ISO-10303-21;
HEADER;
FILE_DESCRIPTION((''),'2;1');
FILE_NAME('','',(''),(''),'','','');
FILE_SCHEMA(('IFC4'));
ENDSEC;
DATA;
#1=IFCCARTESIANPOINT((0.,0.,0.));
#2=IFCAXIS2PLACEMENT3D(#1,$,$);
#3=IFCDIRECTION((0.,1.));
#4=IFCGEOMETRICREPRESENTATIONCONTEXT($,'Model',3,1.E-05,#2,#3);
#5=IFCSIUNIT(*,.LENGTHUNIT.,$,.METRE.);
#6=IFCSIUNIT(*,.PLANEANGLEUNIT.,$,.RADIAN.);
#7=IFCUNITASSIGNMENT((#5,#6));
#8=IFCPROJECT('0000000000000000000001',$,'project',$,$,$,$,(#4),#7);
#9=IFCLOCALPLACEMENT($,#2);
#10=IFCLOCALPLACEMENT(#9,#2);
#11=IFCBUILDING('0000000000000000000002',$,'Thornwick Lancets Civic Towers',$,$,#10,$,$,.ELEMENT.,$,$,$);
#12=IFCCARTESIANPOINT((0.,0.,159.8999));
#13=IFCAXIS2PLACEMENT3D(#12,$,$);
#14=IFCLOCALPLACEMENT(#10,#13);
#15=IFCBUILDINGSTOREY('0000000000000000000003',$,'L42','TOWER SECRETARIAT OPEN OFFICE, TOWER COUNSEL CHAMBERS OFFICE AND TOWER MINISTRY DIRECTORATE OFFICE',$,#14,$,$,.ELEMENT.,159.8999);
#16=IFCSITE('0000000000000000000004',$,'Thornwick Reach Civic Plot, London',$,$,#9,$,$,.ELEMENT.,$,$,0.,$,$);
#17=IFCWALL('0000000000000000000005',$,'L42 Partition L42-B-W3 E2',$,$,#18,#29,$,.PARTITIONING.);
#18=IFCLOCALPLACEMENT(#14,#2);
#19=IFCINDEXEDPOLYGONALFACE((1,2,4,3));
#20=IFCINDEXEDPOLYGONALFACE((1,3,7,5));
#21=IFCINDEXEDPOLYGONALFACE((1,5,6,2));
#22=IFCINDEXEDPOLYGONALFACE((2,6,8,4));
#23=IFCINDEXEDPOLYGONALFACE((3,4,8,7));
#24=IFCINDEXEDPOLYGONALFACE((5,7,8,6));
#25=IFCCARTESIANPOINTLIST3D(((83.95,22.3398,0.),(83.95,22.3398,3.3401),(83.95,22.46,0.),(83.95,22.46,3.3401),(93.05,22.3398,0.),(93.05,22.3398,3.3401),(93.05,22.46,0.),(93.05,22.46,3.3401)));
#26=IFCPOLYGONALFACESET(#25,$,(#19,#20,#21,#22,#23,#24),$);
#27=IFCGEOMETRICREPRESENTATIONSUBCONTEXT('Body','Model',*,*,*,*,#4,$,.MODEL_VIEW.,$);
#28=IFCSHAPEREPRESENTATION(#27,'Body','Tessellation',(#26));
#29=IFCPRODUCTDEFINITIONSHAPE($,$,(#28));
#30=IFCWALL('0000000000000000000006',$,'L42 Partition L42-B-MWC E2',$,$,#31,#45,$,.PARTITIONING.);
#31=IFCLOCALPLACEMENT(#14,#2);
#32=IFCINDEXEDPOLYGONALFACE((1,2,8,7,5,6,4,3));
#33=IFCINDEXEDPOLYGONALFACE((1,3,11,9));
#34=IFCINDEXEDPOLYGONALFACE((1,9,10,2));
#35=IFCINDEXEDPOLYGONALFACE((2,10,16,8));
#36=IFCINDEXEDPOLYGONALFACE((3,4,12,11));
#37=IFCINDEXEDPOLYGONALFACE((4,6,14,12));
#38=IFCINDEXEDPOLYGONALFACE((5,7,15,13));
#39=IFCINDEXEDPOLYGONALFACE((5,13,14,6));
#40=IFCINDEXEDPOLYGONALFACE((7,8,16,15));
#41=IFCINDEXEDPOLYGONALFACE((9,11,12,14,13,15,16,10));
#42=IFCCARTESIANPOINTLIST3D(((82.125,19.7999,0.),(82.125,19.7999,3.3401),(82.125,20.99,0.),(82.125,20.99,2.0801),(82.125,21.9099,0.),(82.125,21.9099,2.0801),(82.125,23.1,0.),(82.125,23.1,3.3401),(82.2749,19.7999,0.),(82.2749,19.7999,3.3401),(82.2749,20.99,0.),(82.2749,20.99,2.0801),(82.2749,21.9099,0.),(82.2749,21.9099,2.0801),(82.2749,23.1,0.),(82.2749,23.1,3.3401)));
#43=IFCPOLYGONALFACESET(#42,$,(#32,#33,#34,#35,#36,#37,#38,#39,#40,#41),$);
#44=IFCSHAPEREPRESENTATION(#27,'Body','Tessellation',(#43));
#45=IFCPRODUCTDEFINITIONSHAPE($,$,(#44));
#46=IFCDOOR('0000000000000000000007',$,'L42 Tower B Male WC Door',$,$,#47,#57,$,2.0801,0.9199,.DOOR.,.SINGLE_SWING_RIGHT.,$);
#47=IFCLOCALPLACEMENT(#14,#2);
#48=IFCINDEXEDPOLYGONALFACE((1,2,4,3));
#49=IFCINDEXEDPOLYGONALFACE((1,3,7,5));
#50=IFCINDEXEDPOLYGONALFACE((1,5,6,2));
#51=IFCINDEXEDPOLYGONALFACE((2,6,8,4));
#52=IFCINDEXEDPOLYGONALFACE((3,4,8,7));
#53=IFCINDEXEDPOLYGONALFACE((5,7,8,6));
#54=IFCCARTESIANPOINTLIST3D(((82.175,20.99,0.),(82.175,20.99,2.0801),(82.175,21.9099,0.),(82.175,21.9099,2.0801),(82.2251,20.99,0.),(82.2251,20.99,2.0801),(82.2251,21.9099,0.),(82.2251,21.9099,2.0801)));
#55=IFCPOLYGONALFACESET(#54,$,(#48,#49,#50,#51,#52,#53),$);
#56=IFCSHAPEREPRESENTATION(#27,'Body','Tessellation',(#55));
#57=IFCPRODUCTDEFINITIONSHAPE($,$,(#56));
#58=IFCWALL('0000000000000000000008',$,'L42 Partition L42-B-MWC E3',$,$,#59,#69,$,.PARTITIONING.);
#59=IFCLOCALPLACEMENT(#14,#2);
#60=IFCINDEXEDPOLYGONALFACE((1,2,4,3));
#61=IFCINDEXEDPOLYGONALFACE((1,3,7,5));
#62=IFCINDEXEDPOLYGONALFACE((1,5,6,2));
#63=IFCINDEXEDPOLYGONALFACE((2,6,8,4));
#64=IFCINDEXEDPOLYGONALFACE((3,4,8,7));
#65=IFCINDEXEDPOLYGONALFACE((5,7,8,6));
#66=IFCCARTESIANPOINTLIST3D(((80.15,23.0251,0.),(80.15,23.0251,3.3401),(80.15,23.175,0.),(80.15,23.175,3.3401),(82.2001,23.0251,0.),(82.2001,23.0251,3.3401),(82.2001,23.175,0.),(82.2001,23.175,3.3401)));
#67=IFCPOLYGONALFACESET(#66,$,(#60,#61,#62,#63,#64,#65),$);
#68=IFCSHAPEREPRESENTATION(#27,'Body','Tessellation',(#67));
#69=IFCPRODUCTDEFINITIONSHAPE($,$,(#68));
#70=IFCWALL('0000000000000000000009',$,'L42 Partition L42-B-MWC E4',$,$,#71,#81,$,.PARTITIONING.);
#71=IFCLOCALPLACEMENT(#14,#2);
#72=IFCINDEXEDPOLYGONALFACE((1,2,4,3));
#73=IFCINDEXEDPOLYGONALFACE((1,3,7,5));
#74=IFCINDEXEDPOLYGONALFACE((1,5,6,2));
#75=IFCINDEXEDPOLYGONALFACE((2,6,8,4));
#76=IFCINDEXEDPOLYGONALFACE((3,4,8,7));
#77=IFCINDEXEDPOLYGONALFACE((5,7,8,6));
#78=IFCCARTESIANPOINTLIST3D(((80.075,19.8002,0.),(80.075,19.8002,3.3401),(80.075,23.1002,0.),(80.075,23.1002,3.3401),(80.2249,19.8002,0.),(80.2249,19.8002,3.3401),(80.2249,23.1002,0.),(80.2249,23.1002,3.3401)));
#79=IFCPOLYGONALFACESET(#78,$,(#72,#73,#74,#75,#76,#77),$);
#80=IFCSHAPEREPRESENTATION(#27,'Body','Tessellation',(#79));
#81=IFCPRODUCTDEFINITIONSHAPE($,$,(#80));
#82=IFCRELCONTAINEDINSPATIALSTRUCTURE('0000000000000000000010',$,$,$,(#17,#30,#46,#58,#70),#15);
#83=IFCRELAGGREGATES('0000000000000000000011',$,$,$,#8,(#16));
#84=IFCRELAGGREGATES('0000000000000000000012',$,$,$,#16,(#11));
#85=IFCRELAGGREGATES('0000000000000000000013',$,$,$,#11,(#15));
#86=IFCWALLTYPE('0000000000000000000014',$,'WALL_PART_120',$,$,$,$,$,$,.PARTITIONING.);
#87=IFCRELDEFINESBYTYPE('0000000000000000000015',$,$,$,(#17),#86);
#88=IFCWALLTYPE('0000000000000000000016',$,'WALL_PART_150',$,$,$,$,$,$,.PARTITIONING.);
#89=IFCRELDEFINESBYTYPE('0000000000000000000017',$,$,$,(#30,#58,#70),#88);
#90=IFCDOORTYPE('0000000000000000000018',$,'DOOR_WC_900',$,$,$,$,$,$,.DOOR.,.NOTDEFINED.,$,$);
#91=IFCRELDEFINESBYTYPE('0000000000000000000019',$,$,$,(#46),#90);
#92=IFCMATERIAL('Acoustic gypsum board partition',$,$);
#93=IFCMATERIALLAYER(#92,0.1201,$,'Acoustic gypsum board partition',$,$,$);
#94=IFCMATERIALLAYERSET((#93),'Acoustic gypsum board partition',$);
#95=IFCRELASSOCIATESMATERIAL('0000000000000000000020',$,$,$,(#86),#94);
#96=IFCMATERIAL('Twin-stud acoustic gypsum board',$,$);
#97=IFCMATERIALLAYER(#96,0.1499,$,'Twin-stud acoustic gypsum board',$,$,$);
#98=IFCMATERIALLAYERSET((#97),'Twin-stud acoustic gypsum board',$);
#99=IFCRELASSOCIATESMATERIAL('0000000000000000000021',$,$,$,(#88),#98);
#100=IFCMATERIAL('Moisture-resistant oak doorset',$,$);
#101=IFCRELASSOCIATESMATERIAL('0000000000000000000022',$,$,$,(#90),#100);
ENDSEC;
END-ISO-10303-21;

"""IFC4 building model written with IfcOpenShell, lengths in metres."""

from ifc_helpers import new_model, si_unit, direction, frame, frame_2d, origin, place, context, subcontext, project, spatial, rectangle, extrude, material, layer, layer_set, type_object, element, fill, save


model = new_model("IFC4")

# Units and contexts
model_context = context("Model", 3, precision=1e-05, world=origin(), true_north=direction((0.0, 1.0)))
body_context = subcontext(model_context, "Body", "Model", "MODEL_VIEW")
ifc_project = project(units=[si_unit("LENGTHUNIT", "METRE"), si_unit("PLANEANGLEUNIT", "RADIAN")], contexts=[model_context])

# Site, building, storey
site_placement = place(None, origin())
site = spatial("IfcSite", under=ifc_project, at=site_placement, Name="Thornwick Reach Civic Plot, London", CompositionType="ELEMENT", RefElevation=0.0)
building_placement = place(site_placement, origin())
building = spatial("IfcBuilding", under=site, at=building_placement, Name="Thornwick Lancets Civic Towers", CompositionType="ELEMENT")
storey_placement = place(building_placement, frame((0.0, 0.0, 159.8999)))
storey = spatial("IfcBuildingStorey", under=building, at=storey_placement, Name="L42", Description="TOWER SECRETARIAT OPEN OFFICE, TOWER COUNSEL CHAMBERS OFFICE AND TOWER MINISTRY DIRECTORATE OFFICE", CompositionType="ELEMENT", Elevation=159.8999)

# Shared definitions
ifc_material_1 = material(Name="Acoustic gypsum board partition")
ifc_layer_1 = layer(ifc_material_1, 0.1201, Name="Acoustic gypsum board partition")
ifc_layer_set_1 = layer_set([ifc_layer_1], Name="Acoustic gypsum board partition")
wall_type_1 = type_object("IfcWallType", Name="WALL_PART_120", PredefinedType="PARTITIONING", material=ifc_layer_set_1)

# Wall
wall_1_placement = place(storey_placement, frame((83.95, 22.3999, 0.0), z_axis=(0.0, 0.0, 1.0), x_axis=(1.0, 0.0, 0.0)))
element("IfcWall", 1, at=wall_1_placement, inside=storey, type_object=wall_type_1, Name="L42 Partition L42-B-W3 E2", PredefinedType="PARTITIONING", context=body_context, shape_type="SweptSolid", body=[
    extrude(rectangle(XDim=9.1001, YDim=0.1201, at=frame_2d((4.55, 0.0))), origin(), (0.0, 0.0, 1.0), 3.3401),
])

# Wall, opening, door
ifc_material_2 = material(Name="Twin-stud acoustic gypsum board")
ifc_layer_2 = layer(ifc_material_2, 0.1499, Name="Twin-stud acoustic gypsum board")
ifc_layer_set_2 = layer_set([ifc_layer_2], Name="Twin-stud acoustic gypsum board")
wall_type_2 = type_object("IfcWallType", Name="WALL_PART_150", PredefinedType="PARTITIONING", material=ifc_layer_set_2)
wall_2_placement = place(storey_placement, frame((82.2, 19.8, 0.0), z_axis=(0.0, 0.0, 1.0), x_axis=(0.0, 1.0, 0.0)))
wall_2 = element("IfcWall", 2, at=wall_2_placement, inside=storey, type_object=wall_type_2, Name="L42 Partition L42-B-MWC E2", PredefinedType="PARTITIONING", context=body_context, shape_type="SweptSolid", body=[
    extrude(rectangle(XDim=3.3, YDim=0.1499, at=frame_2d((1.6499, 0.0))), origin(), (0.0, 0.0, 1.0), 3.3401),
])
opening_1_placement = place(wall_2_placement, frame((1.1899, 0.0, 0.0)))
opening_1 = element("IfcOpeningElement", 3, at=opening_1_placement, cuts=wall_2, PredefinedType="OPENING", context=body_context, shape_type="SweptSolid", body=[
    extrude(rectangle(XDim=0.9199, YDim=2.0801, at=frame_2d((0.46, 1.04))), frame((0.0, 0.085, 0.0), z_axis=(0.0, -1.0, 0.0), x_axis=(1.0, 0.0, 0.0)), (0.0, 0.0, 1.0), 0.1699),
])
ifc_material_3 = material(Name="Moisture-resistant oak doorset")
door_type_1 = type_object("IfcDoorType", Name="DOOR_WC_900", OperationType="NOTDEFINED", PredefinedType="DOOR", material=ifc_material_3)
door_1_placement = place(opening_1_placement, origin())
door_1 = element("IfcDoor", 4, at=door_1_placement, inside=storey, type_object=door_type_1, Name="L42 Tower B Male WC Door", OperationType="SINGLE_SWING_RIGHT", OverallHeight=2.0801, OverallWidth=0.9199, PredefinedType="DOOR", context=body_context, shape_type="SweptSolid", body=[
    extrude(rectangle(XDim=0.9199, YDim=2.0801, at=frame_2d((0.46, 1.04))), frame((0.0, 0.0249, 0.0), z_axis=(0.0, -1.0, 0.0), x_axis=(1.0, 0.0, 0.0)), (0.0, 0.0, 1.0), 0.05),
])
fill(opening_1, door_1)

# Walls
wall_3_placement = place(storey_placement, frame((82.2, 23.1001, 0.0), z_axis=(0.0, 0.0, 1.0), x_axis=(-1.0, 0.0, 0.0)))
element("IfcWall", 5, at=wall_3_placement, inside=storey, type_object=wall_type_2, Name="L42 Partition L42-B-MWC E3", PredefinedType="PARTITIONING", context=body_context, shape_type="SweptSolid", body=[
    extrude(rectangle(XDim=2.05, YDim=0.1499, at=frame_2d((1.0249, 0.0))), origin(), (0.0, 0.0, 1.0), 3.3401),
])
wall_4_placement = place(storey_placement, frame((80.1499, 23.1001, 0.0), z_axis=(0.0, 0.0, 1.0), x_axis=(0.0, -1.0, 0.0)))
element("IfcWall", 6, at=wall_4_placement, inside=storey, type_object=wall_type_2, Name="L42 Partition L42-B-MWC E4", PredefinedType="PARTITIONING", context=body_context, shape_type="SweptSolid", body=[
    extrude(rectangle(XDim=3.3, YDim=0.1499, at=frame_2d((1.6499, 0.0))), origin(), (0.0, 0.0, 1.0), 3.3401),
])

save(model, "model.ifc")
